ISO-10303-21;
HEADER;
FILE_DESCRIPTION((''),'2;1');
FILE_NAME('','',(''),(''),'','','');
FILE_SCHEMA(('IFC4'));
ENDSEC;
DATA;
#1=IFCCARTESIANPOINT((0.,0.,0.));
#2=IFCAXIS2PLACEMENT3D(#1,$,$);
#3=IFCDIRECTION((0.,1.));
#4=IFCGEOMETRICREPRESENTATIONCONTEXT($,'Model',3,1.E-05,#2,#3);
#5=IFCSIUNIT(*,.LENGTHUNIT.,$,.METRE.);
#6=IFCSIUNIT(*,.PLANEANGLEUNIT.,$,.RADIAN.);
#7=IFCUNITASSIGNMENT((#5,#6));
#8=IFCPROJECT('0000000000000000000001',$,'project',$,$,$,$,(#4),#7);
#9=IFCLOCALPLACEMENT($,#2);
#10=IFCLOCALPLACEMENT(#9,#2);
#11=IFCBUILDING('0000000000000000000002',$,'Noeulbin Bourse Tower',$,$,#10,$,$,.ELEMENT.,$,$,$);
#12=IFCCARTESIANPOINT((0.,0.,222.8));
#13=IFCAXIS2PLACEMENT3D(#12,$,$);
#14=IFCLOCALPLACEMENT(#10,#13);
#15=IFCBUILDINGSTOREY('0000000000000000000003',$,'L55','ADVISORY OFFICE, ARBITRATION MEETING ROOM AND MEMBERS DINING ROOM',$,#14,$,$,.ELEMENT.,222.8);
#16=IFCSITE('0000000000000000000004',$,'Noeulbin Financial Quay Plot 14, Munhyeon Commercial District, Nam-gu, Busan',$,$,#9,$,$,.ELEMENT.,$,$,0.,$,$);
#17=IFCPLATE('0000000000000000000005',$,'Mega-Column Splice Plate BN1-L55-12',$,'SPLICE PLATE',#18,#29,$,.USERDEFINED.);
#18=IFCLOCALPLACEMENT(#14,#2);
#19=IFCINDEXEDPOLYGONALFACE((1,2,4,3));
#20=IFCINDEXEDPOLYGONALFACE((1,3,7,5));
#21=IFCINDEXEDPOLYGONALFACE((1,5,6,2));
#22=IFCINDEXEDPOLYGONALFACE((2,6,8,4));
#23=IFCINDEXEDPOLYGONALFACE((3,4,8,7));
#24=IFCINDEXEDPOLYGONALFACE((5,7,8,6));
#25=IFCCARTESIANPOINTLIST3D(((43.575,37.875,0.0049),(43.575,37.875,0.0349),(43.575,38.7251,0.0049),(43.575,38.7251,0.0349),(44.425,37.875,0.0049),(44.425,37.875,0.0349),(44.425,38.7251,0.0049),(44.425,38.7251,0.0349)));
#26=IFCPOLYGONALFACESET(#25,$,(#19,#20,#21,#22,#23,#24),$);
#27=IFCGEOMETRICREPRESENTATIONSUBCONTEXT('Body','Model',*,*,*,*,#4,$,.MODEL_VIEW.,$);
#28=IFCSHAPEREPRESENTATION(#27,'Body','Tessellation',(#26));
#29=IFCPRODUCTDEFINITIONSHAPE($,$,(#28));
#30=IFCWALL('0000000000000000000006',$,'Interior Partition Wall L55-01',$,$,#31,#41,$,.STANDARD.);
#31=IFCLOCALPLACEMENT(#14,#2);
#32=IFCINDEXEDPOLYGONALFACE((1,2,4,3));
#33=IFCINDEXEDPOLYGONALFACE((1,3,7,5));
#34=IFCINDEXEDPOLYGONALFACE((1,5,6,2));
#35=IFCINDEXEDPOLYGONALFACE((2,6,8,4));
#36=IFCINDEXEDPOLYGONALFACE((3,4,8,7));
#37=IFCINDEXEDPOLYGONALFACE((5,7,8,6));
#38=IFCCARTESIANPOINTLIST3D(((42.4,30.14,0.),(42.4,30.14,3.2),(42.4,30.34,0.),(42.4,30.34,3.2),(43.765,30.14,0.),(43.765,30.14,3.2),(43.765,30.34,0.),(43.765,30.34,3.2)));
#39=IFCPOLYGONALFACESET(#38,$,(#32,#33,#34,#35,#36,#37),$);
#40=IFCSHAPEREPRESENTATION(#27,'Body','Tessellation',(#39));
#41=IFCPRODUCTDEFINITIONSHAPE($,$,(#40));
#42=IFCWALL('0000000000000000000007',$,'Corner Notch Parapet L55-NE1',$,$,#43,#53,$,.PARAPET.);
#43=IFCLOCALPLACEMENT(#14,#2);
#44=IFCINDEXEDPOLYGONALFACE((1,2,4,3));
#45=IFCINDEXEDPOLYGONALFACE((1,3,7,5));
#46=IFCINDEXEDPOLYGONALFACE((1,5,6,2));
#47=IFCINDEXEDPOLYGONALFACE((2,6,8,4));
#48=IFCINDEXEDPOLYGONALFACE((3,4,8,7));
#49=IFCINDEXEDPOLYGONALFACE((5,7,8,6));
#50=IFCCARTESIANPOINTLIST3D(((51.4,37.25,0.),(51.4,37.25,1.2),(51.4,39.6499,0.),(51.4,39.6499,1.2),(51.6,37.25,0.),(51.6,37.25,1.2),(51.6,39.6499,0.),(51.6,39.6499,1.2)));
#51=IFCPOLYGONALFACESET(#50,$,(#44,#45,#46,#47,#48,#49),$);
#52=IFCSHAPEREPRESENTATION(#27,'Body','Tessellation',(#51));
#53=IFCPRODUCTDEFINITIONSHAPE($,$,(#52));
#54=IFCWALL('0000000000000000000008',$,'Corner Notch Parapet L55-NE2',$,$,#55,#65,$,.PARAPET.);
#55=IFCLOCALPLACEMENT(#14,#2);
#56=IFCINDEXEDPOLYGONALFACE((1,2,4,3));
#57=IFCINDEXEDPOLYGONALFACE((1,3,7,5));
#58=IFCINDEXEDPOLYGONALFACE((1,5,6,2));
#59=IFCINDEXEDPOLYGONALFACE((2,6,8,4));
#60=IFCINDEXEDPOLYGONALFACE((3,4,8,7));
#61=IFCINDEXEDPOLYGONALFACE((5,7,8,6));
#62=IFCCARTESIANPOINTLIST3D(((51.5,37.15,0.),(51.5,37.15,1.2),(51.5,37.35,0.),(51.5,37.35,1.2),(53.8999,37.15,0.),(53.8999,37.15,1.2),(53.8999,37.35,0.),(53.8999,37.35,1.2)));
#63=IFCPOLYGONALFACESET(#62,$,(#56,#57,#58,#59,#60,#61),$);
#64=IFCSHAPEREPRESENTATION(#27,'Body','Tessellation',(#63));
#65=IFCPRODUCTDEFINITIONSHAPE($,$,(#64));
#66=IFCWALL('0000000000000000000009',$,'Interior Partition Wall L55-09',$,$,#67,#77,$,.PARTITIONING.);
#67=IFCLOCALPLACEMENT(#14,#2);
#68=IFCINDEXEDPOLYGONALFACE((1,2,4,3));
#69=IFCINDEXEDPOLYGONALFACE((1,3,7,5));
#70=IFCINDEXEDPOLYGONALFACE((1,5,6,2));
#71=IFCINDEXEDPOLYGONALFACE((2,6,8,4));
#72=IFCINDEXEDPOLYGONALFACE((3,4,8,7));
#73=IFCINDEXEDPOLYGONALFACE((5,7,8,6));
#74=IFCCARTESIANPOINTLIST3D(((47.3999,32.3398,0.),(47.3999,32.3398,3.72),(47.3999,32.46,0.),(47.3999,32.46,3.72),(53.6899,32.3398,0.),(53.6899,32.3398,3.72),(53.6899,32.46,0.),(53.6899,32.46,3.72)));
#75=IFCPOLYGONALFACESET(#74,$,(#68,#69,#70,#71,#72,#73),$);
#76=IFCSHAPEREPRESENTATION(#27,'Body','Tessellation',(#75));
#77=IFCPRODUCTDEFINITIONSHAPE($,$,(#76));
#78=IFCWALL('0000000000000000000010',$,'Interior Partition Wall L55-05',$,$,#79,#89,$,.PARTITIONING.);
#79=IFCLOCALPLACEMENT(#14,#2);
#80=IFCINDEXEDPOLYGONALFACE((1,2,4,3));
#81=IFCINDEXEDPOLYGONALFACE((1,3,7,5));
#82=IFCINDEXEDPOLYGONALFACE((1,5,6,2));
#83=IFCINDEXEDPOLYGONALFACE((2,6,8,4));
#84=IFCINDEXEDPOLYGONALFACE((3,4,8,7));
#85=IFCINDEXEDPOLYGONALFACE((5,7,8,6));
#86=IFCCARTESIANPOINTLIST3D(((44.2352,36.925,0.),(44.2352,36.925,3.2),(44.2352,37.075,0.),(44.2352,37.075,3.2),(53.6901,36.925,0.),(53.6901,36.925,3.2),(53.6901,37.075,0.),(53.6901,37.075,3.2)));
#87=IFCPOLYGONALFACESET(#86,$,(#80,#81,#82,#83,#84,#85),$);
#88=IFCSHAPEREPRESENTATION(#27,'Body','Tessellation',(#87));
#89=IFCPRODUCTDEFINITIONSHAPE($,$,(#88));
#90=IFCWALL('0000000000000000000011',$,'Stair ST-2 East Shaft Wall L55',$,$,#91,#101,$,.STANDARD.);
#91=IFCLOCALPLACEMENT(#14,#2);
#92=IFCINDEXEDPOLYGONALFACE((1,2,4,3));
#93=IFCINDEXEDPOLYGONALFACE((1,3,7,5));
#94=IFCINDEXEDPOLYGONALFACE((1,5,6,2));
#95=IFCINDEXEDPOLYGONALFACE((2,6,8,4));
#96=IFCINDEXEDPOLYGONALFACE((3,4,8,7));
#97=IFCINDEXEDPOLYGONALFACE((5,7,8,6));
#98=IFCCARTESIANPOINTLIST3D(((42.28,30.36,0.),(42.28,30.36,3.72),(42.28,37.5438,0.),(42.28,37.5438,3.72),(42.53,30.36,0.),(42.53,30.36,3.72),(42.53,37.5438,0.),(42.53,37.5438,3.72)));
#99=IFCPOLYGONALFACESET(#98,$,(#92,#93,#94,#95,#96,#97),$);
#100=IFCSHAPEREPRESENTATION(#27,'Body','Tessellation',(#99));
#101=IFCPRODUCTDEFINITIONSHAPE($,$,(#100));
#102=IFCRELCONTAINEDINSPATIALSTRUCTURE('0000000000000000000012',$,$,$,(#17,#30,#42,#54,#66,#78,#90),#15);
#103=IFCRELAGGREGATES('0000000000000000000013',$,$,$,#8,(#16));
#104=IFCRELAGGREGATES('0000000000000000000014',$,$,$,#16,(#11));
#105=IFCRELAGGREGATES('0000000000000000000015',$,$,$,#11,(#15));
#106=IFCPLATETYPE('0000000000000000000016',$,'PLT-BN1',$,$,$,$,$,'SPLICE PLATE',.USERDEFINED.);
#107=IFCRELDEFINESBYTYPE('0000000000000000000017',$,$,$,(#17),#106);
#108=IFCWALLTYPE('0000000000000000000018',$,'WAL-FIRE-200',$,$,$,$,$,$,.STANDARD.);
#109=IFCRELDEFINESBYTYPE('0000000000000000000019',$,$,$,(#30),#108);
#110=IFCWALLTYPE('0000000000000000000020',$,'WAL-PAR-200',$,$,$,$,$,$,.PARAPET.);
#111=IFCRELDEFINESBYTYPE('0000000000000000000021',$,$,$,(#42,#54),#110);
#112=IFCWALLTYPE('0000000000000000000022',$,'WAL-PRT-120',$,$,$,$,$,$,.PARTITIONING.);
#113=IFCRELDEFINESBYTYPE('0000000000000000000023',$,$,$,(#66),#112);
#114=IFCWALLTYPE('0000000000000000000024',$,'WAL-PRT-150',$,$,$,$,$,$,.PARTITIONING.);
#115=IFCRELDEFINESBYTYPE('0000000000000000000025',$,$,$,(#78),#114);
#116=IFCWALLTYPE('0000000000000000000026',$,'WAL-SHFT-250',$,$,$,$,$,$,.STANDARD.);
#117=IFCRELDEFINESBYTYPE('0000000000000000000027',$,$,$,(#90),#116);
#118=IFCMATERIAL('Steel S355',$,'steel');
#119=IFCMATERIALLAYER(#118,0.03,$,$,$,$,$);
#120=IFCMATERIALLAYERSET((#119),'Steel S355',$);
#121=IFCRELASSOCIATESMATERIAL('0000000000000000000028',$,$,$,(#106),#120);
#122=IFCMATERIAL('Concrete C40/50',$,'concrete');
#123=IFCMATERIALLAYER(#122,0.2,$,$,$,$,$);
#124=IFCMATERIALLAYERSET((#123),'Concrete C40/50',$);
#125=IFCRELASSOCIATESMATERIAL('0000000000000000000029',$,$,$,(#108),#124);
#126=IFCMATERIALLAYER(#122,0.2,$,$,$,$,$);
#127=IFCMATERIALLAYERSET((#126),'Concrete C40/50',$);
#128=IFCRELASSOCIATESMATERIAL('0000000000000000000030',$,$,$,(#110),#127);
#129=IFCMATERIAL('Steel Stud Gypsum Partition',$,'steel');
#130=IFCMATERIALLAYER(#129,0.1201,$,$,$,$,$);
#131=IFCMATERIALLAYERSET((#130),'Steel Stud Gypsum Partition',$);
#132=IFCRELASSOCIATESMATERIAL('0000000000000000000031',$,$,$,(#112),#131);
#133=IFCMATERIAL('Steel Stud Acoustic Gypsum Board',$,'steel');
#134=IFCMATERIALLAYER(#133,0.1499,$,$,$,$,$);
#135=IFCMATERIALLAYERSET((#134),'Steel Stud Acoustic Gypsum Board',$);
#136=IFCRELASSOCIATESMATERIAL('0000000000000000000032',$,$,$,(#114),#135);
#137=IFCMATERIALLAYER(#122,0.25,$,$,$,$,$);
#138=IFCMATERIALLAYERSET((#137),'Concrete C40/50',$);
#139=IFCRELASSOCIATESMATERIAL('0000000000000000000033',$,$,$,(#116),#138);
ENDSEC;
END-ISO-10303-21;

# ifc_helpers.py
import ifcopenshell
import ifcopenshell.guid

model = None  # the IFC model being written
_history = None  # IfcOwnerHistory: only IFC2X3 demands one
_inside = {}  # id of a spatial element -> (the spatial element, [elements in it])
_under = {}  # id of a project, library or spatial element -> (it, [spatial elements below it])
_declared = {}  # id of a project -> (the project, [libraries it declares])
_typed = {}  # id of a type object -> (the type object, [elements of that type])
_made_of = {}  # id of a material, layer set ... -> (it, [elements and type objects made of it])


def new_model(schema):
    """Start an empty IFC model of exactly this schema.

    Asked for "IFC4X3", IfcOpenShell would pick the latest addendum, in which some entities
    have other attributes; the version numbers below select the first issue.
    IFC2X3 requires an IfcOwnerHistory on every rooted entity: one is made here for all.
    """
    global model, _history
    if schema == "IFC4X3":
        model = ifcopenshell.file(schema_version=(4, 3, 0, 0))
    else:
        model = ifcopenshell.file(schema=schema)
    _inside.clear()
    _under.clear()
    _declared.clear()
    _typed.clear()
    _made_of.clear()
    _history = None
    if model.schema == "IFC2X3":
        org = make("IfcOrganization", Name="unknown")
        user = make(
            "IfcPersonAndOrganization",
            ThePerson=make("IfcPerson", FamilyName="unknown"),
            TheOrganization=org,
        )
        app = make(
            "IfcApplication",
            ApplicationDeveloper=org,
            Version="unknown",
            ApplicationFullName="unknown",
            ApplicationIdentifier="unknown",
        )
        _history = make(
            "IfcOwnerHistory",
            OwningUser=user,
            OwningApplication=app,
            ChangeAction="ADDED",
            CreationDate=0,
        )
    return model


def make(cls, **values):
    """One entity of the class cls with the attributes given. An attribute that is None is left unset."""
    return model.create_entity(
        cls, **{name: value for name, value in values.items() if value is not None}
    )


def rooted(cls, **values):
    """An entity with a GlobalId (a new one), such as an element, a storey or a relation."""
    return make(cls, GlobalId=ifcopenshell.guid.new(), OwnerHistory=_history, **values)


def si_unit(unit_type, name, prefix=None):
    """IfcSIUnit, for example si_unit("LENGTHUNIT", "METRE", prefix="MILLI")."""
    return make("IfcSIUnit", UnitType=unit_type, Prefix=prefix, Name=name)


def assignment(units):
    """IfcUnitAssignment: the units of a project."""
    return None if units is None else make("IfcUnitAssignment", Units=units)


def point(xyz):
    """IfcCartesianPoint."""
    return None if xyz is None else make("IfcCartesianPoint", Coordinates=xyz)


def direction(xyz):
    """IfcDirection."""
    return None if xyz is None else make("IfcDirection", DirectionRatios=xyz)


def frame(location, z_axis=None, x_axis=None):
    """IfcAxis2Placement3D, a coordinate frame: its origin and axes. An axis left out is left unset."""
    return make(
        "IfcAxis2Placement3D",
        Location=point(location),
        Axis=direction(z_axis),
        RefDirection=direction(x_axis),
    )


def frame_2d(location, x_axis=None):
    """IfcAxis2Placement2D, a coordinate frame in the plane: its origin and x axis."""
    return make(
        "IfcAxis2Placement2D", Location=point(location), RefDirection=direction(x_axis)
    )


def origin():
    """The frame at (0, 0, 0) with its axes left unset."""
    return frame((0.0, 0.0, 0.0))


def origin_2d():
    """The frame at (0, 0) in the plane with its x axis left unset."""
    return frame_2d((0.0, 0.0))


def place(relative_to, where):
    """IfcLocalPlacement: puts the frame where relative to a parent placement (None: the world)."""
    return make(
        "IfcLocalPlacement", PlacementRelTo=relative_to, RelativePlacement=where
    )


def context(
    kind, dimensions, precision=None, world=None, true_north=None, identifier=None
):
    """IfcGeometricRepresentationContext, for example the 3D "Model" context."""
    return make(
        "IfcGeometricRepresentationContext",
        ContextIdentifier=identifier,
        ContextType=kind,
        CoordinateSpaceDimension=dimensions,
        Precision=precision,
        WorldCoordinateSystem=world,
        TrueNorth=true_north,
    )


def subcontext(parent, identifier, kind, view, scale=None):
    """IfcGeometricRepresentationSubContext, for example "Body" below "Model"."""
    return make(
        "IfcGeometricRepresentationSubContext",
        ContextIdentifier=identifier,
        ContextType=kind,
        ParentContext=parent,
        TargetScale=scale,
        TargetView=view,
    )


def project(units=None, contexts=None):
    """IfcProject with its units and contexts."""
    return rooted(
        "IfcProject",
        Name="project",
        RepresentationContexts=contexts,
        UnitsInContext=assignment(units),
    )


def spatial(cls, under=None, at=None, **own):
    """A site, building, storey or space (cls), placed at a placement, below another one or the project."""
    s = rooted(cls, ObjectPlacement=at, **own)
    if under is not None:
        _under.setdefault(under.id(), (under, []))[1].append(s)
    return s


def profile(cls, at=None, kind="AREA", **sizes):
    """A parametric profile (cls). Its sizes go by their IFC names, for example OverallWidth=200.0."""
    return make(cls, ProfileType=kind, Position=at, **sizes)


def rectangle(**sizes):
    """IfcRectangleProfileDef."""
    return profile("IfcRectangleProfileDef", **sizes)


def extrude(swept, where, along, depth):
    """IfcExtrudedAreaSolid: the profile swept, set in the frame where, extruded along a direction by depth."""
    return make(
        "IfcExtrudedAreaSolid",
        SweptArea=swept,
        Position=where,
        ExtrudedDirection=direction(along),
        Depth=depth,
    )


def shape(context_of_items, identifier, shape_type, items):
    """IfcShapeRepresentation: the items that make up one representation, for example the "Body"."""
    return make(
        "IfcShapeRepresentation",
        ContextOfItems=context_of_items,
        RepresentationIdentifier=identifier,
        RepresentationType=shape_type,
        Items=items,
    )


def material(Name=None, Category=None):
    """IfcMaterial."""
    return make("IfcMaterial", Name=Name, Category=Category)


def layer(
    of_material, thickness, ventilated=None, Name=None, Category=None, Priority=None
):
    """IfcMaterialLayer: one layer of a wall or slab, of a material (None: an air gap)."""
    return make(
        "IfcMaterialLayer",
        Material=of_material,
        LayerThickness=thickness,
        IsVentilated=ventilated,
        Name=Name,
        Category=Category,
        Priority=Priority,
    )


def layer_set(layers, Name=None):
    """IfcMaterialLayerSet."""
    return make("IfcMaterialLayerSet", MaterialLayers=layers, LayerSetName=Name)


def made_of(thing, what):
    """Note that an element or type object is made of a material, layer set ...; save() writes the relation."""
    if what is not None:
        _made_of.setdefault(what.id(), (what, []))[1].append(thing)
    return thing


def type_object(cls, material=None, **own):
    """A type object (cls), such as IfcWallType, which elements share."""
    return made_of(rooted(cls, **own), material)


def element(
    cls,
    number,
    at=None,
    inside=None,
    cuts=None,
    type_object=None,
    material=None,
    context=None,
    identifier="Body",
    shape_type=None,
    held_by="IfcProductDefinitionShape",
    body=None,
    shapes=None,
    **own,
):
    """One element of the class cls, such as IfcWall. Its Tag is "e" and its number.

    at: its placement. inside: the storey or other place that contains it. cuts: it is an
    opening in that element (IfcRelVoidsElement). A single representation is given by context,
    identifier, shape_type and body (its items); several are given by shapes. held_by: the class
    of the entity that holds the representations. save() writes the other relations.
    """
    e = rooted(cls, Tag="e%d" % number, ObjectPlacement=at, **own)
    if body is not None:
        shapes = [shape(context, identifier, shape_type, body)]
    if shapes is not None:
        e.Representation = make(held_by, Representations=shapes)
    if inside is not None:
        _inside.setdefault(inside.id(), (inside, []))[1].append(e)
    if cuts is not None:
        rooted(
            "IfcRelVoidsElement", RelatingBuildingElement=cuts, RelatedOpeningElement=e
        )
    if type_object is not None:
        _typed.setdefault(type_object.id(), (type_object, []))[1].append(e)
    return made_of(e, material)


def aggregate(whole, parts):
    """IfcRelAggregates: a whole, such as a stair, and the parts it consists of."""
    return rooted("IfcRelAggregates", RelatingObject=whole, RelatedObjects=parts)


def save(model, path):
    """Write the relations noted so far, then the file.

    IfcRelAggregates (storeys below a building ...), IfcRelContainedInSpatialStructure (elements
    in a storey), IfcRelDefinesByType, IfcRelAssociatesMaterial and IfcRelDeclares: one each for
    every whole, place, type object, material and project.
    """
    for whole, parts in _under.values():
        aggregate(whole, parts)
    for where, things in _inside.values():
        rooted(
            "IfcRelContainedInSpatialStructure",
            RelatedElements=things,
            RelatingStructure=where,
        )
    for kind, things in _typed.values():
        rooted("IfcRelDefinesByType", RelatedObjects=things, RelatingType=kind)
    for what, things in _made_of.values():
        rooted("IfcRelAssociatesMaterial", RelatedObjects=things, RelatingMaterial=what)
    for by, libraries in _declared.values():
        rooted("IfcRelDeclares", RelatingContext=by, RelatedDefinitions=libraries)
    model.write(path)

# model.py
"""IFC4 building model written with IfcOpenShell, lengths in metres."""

from ifc_helpers import new_model, si_unit, direction, frame, frame_2d, origin, origin_2d, place, context, subcontext, project, spatial, rectangle, extrude, material, layer, layer_set, type_object, element, save


model = new_model("IFC4")

# Units and contexts
model_context = context("Model", 3, precision=1e-05, world=origin(), true_north=direction((0.0, 1.0)))
body_context = subcontext(model_context, "Body", "Model", "MODEL_VIEW")
ifc_project = project(units=[si_unit("LENGTHUNIT", "METRE"), si_unit("PLANEANGLEUNIT", "RADIAN")], contexts=[model_context])

# Site, building, storey
site_placement = place(None, origin())
site = spatial("IfcSite", under=ifc_project, at=site_placement, Name="Noeulbin Financial Quay Plot 14, Munhyeon Commercial District, Nam-gu, Busan", CompositionType="ELEMENT", RefElevation=0.0)
building_placement = place(site_placement, origin())
building = spatial("IfcBuilding", under=site, at=building_placement, Name="Noeulbin Bourse Tower", CompositionType="ELEMENT")
storey_placement = place(building_placement, frame((0.0, 0.0, 222.8)))
storey = spatial("IfcBuildingStorey", under=building, at=storey_placement, Name="L55", Description="ADVISORY OFFICE, ARBITRATION MEETING ROOM AND MEMBERS DINING ROOM", CompositionType="ELEMENT", Elevation=222.8)

# Shared definitions
ifc_material_1 = material(Name="Steel S355", Category="steel")

# Plate
ifc_layer_1 = layer(ifc_material_1, 0.03)
ifc_layer_set_1 = layer_set([ifc_layer_1], Name="Steel S355")
plate_type_1 = type_object("IfcPlateType", Name="PLT-BN1", ElementType="SPLICE PLATE", PredefinedType="USERDEFINED", material=ifc_layer_set_1)
plate_1_placement = place(storey_placement, frame((44.0, 38.3, 0.0049), z_axis=(0.0, 0.0, 1.0), x_axis=(1.0, 0.0, 0.0)))
element("IfcPlate", 1, at=plate_1_placement, inside=storey, type_object=plate_type_1, Name="Mega-Column Splice Plate BN1-L55-12", ObjectType="SPLICE PLATE", PredefinedType="USERDEFINED", context=body_context, shape_type="SweptSolid", body=[
    extrude(rectangle(XDim=0.8501, YDim=0.8501, at=origin_2d()), origin(), (0.0, 0.0, 1.0), 0.03),
])

# Walls
ifc_material_2 = material(Name="Concrete C40/50", Category="concrete")
ifc_layer_2 = layer(ifc_material_2, 0.2)
ifc_layer_set_2 = layer_set([ifc_layer_2], Name="Concrete C40/50")
wall_type_1 = type_object("IfcWallType", Name="WAL-FIRE-200", PredefinedType="STANDARD", material=ifc_layer_set_2)
wall_1_placement = place(storey_placement, frame((42.3999, 30.24, 0.0), z_axis=(0.0, 0.0, 1.0), x_axis=(1.0, 0.0, 0.0)))
element("IfcWall", 2, at=wall_1_placement, inside=storey, type_object=wall_type_1, Name="Interior Partition Wall L55-01", PredefinedType="STANDARD", context=body_context, shape_type="SweptSolid", body=[
    extrude(rectangle(XDim=1.365, YDim=0.2, at=frame_2d((0.6826, 0.0))), origin(), (0.0, 0.0, 1.0), 3.2),
])
ifc_layer_3 = layer(ifc_material_2, 0.2)
ifc_layer_set_3 = layer_set([ifc_layer_3], Name="Concrete C40/50")
wall_type_2 = type_object("IfcWallType", Name="WAL-PAR-200", PredefinedType="PARAPET", material=ifc_layer_set_3)
for number, where, z_axis, x_axis, name in (
    (3, (51.5, 39.6499, 0.0), (0.0, 0.0, 1.0), (0.0, -1.0, 0.0), "Corner Notch Parapet L55-NE1"),
    (4, (51.5, 37.25, 0.0), (0.0, 0.0, 1.0), (1.0, 0.0, 0.0), "Corner Notch Parapet L55-NE2"),
):
    element("IfcWall", number, at=place(storey_placement, frame(where, z_axis=z_axis, x_axis=x_axis)), inside=storey, type_object=wall_type_2, Name=name, PredefinedType="PARAPET", context=body_context, shape_type="SweptSolid", body=[
        extrude(rectangle(XDim=2.3999, YDim=0.2, at=frame_2d((1.2, 0.0))), origin(), (0.0, 0.0, 1.0), 1.2),
    ])
ifc_material_3 = material(Name="Steel Stud Gypsum Partition", Category="steel")
ifc_layer_4 = layer(ifc_material_3, 0.1201)
ifc_layer_set_4 = layer_set([ifc_layer_4], Name="Steel Stud Gypsum Partition")
wall_type_3 = type_object("IfcWallType", Name="WAL-PRT-120", PredefinedType="PARTITIONING", material=ifc_layer_set_4)
wall_2_placement = place(storey_placement, frame((47.3999, 32.3999, 0.0), z_axis=(0.0, 0.0, 1.0), x_axis=(1.0, 0.0, 0.0)))
element("IfcWall", 5, at=wall_2_placement, inside=storey, type_object=wall_type_3, Name="Interior Partition Wall L55-09", PredefinedType="PARTITIONING", context=body_context, shape_type="SweptSolid", body=[
    extrude(rectangle(XDim=6.29, YDim=0.1201, at=frame_2d((3.145, 0.0))), origin(), (0.0, 0.0, 1.0), 3.72),
])
ifc_material_4 = material(Name="Steel Stud Acoustic Gypsum Board", Category="steel")
ifc_layer_5 = layer(ifc_material_4, 0.1499)
ifc_layer_set_5 = layer_set([ifc_layer_5], Name="Steel Stud Acoustic Gypsum Board")
wall_type_4 = type_object("IfcWallType", Name="WAL-PRT-150", PredefinedType="PARTITIONING", material=ifc_layer_set_5)
wall_3_placement = place(storey_placement, frame((44.2351, 37.0, 0.0), z_axis=(0.0, 0.0, 1.0), x_axis=(1.0, 0.0, 0.0)))
element("IfcWall", 6, at=wall_3_placement, inside=storey, type_object=wall_type_4, Name="Interior Partition Wall L55-05", PredefinedType="PARTITIONING", context=body_context, shape_type="SweptSolid", body=[
    extrude(rectangle(XDim=9.4548, YDim=0.1499, at=frame_2d((4.7275, 0.0))), origin(), (0.0, 0.0, 1.0), 3.2),
])
ifc_layer_6 = layer(ifc_material_2, 0.25)
ifc_layer_set_6 = layer_set([ifc_layer_6], Name="Concrete C40/50")
wall_type_5 = type_object("IfcWallType", Name="WAL-SHFT-250", PredefinedType="STANDARD", material=ifc_layer_set_6)
wall_4_placement = place(storey_placement, frame((42.405, 30.3601, 0.0), z_axis=(0.0, 0.0, 1.0), x_axis=(0.0, 1.0, 0.0)))
element("IfcWall", 7, at=wall_4_placement, inside=storey, type_object=wall_type_5, Name="Stair ST-2 East Shaft Wall L55", PredefinedType="STANDARD", context=body_context, shape_type="SweptSolid", body=[
    extrude(rectangle(XDim=7.1838, YDim=0.25, at=frame_2d((3.5918, 0.0))), origin(), (0.0, 0.0, 1.0), 3.72),
])

save(model, "model.ifc")
